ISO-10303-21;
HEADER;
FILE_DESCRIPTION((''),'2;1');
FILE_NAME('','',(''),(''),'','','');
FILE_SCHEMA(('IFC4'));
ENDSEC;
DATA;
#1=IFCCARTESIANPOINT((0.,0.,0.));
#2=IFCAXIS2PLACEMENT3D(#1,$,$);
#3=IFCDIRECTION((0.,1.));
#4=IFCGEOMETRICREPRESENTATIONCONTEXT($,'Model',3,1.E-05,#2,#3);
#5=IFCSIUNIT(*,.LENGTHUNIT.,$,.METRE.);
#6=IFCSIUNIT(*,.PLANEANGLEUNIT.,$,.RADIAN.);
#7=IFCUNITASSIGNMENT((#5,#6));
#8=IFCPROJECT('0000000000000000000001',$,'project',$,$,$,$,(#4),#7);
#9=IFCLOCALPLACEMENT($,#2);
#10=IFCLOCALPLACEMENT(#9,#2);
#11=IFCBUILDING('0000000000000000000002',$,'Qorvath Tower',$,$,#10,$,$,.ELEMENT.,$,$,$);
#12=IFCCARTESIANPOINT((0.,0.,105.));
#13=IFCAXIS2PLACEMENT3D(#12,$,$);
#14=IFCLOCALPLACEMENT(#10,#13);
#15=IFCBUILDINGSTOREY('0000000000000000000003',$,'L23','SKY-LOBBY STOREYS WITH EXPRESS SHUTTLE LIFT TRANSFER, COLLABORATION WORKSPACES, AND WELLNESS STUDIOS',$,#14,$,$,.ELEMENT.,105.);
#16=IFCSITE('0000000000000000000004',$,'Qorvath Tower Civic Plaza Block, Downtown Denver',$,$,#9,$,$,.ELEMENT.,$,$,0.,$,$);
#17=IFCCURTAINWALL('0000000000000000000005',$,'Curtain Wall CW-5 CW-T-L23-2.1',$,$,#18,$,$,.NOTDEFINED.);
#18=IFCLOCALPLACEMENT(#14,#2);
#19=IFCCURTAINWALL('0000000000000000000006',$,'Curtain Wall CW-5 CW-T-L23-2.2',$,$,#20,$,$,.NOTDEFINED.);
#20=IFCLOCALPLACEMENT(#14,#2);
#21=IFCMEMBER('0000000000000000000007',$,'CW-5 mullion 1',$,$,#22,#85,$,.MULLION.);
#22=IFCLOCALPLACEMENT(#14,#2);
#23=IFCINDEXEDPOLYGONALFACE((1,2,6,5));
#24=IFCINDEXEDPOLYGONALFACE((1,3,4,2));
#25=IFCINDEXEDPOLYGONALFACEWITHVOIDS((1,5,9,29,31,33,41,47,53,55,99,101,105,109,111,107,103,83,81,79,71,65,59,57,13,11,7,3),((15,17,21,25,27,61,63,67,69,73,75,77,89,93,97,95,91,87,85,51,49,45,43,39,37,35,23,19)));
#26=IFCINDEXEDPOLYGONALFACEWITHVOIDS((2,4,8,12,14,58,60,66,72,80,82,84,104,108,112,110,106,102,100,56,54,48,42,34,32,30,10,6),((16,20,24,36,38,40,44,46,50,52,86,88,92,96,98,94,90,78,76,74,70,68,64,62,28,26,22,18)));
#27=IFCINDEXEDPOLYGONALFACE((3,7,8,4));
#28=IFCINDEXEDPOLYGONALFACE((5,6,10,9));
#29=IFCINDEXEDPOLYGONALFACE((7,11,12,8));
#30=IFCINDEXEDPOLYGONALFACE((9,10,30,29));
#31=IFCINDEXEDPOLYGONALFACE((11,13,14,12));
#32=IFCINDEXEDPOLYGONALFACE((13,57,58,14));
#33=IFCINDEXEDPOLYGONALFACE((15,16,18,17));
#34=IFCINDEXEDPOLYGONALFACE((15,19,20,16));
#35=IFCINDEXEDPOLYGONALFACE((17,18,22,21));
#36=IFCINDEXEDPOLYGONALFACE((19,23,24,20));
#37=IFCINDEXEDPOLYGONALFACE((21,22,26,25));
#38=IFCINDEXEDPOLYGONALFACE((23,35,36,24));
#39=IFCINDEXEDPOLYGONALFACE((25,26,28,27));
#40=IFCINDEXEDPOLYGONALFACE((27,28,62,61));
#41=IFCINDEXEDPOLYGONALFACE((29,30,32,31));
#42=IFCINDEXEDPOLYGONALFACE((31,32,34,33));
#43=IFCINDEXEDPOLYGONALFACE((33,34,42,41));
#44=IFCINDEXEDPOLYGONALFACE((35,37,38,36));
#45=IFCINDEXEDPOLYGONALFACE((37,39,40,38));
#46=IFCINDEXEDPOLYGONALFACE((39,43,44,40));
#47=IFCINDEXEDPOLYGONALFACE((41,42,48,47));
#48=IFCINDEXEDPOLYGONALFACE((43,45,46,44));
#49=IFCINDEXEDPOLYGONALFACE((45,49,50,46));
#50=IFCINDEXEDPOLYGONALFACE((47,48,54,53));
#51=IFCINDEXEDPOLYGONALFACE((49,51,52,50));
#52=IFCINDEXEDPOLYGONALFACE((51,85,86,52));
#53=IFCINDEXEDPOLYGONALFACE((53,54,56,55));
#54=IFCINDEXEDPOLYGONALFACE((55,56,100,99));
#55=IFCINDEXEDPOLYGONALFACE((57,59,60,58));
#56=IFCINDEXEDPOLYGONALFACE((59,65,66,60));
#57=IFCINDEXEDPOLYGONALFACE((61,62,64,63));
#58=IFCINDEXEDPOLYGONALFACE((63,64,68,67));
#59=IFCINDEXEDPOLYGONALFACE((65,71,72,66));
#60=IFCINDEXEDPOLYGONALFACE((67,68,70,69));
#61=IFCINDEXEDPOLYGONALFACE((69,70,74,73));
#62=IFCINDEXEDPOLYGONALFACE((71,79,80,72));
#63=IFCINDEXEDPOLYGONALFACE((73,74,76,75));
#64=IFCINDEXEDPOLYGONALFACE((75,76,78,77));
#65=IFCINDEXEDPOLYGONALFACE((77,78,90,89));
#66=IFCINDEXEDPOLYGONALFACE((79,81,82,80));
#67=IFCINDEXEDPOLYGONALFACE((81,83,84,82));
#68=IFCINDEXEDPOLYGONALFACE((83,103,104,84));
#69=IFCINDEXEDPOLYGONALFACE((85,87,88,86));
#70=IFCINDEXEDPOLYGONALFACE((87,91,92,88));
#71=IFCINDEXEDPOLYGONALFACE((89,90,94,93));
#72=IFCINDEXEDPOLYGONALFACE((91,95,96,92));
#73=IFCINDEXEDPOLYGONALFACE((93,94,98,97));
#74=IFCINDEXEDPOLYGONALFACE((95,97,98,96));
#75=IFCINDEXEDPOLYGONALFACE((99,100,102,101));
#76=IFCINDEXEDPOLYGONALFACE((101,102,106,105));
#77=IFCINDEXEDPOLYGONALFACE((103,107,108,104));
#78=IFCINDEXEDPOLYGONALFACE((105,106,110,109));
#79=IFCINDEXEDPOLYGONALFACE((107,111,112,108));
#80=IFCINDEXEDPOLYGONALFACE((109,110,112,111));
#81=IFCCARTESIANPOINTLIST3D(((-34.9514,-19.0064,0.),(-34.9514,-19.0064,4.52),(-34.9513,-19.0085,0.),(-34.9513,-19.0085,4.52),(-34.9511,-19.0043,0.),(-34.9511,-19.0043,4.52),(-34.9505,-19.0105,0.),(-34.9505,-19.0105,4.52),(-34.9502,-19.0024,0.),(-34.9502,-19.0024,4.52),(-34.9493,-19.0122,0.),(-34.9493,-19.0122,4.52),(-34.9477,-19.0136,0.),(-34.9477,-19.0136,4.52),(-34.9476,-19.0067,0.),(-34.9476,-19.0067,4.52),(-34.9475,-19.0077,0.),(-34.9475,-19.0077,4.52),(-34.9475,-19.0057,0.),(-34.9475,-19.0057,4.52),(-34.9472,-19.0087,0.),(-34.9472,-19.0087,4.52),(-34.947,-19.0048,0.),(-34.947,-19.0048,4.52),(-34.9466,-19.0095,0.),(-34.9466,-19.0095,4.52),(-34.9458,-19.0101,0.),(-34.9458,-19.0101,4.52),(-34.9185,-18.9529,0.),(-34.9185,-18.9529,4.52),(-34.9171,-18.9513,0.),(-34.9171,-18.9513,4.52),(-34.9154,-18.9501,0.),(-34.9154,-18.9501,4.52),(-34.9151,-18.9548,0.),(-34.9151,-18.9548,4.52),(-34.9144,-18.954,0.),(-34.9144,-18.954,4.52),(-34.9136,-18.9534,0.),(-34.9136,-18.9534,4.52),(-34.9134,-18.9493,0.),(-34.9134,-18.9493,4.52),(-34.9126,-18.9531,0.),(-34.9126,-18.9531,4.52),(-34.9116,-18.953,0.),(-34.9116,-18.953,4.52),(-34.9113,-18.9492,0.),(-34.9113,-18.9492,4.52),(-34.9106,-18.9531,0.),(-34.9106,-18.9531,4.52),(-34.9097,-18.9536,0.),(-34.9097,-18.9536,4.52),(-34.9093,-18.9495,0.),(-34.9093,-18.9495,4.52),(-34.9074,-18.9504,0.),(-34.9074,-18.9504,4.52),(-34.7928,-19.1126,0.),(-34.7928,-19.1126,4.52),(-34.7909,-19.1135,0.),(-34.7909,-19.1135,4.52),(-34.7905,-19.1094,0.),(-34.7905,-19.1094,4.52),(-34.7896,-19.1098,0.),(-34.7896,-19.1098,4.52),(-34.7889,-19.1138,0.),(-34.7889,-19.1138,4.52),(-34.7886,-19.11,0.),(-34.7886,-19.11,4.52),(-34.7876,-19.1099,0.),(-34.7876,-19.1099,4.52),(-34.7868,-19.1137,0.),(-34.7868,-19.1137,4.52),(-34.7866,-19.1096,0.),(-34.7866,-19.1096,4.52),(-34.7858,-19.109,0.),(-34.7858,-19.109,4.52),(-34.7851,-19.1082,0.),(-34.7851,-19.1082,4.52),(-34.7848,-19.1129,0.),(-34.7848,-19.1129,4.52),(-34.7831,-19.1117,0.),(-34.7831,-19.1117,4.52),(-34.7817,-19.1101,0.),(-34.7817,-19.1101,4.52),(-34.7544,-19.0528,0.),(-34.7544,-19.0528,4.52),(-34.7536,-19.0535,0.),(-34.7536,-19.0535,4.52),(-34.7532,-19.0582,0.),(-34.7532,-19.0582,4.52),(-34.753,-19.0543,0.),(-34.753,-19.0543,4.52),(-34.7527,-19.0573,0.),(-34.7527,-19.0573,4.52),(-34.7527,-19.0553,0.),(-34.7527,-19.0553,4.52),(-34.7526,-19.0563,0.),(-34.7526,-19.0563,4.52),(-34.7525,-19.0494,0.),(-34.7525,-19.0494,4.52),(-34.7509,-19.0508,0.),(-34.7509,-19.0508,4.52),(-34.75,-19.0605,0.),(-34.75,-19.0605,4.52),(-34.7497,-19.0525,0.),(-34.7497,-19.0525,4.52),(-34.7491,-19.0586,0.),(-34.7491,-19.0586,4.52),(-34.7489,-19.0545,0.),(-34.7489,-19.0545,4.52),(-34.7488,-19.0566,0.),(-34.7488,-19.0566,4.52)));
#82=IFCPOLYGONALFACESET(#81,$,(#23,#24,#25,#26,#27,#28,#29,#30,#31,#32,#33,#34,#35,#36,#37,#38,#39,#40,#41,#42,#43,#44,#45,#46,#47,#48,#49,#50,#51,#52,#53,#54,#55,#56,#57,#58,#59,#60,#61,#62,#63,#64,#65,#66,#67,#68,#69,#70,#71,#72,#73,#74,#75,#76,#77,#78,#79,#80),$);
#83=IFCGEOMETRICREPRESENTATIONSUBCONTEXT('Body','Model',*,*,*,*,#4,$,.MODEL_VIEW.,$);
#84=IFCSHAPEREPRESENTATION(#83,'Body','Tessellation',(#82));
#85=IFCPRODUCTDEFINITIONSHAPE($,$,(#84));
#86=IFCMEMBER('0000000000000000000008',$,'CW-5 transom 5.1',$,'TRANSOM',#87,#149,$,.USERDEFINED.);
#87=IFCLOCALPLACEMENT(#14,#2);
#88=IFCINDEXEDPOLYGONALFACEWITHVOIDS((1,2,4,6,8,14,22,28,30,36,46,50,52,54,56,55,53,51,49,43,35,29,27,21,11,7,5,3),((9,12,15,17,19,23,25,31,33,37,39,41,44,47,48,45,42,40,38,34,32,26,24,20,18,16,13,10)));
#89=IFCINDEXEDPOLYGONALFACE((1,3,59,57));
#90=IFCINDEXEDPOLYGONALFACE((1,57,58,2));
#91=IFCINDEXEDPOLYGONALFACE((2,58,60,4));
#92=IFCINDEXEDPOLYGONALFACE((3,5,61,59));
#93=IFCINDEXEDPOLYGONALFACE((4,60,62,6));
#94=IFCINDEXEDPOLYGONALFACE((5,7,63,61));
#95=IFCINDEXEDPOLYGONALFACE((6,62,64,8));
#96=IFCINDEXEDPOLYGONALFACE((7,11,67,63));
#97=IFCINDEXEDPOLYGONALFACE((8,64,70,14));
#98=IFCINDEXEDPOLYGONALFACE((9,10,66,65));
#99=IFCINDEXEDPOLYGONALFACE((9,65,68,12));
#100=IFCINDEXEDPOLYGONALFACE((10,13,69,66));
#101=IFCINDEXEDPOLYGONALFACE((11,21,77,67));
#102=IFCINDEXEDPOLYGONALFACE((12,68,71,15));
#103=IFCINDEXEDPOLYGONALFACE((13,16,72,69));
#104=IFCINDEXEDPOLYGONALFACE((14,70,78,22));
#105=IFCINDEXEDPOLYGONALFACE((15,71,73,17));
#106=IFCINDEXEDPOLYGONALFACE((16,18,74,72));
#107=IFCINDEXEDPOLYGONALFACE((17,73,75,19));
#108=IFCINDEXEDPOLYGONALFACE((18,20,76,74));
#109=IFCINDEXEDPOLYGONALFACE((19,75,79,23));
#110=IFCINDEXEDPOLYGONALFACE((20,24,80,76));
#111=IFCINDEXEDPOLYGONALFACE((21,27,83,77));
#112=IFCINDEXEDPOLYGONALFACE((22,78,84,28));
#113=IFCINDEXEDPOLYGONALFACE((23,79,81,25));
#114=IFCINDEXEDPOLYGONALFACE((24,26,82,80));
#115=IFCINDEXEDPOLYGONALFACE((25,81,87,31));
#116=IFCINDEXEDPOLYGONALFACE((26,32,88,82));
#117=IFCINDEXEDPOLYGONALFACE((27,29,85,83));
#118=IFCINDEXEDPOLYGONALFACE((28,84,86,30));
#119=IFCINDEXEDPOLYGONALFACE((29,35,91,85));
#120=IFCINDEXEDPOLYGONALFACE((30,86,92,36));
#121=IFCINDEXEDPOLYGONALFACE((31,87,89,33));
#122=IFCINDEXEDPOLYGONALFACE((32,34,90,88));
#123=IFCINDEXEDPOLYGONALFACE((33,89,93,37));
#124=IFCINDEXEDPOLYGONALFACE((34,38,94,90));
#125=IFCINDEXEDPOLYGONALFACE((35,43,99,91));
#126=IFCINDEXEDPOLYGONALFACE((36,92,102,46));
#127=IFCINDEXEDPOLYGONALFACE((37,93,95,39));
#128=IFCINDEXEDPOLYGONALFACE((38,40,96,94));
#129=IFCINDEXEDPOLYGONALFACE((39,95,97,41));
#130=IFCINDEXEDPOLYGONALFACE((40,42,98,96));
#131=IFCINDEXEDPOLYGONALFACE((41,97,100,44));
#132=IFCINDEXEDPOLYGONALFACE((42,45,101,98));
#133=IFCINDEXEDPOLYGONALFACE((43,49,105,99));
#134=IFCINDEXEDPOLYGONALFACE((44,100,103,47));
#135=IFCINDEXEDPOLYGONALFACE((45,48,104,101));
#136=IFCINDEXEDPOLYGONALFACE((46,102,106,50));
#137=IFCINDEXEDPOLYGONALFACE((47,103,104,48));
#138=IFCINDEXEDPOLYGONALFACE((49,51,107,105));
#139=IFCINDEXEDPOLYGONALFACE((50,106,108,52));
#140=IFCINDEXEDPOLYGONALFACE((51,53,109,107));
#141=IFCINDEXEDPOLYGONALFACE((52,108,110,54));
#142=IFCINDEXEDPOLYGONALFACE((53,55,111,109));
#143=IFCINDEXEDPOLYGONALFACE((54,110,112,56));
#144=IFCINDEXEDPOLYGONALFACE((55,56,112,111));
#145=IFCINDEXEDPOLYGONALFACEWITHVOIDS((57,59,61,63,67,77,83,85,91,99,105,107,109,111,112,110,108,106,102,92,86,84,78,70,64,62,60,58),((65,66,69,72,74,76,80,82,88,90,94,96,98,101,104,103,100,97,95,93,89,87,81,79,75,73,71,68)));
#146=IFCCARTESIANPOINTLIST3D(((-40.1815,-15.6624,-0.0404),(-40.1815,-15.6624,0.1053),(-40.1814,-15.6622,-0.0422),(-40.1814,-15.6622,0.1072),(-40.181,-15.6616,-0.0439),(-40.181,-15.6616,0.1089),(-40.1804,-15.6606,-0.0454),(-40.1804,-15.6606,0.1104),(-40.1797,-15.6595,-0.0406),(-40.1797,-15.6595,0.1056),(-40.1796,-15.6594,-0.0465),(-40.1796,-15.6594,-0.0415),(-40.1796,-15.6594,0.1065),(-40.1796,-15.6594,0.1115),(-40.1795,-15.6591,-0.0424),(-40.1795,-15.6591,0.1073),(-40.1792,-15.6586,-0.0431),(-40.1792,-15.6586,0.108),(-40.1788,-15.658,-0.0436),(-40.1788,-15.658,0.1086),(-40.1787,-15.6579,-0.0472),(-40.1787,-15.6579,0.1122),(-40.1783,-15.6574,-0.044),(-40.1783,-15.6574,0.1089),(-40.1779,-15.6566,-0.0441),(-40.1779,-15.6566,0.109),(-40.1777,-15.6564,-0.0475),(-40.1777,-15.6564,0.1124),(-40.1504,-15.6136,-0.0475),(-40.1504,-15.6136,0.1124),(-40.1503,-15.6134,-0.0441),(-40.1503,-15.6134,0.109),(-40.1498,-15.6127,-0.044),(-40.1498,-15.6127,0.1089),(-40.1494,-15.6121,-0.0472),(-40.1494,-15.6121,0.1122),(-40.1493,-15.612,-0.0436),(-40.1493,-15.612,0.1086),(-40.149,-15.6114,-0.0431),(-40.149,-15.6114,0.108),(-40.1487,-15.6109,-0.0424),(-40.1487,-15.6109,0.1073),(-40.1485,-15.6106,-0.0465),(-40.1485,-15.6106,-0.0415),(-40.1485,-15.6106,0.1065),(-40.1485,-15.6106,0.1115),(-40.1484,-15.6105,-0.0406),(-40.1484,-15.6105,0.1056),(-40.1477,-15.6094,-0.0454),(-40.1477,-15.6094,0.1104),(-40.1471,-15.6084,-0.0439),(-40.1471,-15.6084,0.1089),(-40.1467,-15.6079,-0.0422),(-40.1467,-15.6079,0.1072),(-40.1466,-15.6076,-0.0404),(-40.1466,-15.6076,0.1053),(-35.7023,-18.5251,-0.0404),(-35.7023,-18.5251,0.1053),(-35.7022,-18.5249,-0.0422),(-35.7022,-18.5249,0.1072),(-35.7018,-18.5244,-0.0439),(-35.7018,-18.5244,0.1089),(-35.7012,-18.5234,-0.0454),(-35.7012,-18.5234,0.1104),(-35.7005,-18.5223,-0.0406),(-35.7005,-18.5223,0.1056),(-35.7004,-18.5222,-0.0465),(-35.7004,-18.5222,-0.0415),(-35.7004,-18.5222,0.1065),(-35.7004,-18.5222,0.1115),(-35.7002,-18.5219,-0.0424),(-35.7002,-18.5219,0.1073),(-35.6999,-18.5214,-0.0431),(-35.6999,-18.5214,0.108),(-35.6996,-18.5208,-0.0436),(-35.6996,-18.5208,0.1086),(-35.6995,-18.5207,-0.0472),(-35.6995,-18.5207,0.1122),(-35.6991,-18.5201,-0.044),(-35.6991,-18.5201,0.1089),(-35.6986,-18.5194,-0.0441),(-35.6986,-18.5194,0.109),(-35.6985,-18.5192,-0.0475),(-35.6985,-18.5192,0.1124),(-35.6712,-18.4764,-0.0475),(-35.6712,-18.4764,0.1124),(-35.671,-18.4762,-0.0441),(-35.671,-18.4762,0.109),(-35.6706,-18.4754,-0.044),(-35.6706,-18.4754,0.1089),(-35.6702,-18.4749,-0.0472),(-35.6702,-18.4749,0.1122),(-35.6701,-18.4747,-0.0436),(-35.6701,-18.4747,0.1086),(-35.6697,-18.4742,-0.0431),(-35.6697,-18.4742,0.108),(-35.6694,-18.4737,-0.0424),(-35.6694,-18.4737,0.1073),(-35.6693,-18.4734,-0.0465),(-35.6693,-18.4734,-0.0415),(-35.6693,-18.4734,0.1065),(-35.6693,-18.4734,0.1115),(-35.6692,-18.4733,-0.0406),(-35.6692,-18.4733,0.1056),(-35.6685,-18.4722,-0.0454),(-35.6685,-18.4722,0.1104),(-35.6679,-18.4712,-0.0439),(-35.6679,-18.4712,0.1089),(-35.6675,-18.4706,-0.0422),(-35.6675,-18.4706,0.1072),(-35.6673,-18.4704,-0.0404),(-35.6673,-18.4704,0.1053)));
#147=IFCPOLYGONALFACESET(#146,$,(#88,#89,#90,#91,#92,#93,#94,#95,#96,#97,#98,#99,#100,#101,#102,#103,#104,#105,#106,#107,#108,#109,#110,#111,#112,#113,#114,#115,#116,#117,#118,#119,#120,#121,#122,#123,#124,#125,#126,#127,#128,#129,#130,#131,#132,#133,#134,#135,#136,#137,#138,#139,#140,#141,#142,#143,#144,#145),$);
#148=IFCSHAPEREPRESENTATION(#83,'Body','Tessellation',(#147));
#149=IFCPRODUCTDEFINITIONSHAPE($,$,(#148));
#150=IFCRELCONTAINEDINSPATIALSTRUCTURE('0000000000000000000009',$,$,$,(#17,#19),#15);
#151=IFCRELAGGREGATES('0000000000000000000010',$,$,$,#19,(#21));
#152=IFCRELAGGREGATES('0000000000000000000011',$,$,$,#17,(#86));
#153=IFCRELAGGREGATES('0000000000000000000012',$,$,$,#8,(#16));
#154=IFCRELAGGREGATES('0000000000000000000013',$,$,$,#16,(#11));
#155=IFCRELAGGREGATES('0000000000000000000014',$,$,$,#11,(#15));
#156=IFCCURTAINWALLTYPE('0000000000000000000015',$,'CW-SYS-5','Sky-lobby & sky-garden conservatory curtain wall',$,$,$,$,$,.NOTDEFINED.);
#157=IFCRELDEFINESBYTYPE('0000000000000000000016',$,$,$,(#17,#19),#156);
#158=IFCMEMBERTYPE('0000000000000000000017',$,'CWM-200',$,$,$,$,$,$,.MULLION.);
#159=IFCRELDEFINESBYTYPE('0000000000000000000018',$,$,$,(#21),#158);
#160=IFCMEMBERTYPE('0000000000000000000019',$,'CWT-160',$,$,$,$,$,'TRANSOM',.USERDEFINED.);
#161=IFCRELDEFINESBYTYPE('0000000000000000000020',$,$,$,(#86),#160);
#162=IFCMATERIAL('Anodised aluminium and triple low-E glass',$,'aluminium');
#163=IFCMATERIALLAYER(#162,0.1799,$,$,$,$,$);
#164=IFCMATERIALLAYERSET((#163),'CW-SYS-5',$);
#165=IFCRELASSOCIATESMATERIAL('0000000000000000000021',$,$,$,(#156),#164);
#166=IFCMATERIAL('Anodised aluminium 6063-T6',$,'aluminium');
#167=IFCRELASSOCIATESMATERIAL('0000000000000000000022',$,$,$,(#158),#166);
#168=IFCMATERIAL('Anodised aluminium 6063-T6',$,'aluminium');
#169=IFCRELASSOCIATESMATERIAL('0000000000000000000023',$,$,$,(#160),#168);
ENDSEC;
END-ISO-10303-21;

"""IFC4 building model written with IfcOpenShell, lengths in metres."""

from ifc_helpers import new_model, si_unit, direction, frame, origin, origin_2d, place, context, subcontext, project, spatial, hollow_rectangle, extrude, material, layer, layer_set, material_profile, profile_set, type_object, element, aggregate, save


model = new_model("IFC4")

# Units and contexts
model_context = context("Model", 3, precision=1e-05, world=origin(), true_north=direction((0.0, 1.0)))
body_context = subcontext(model_context, "Body", "Model", "MODEL_VIEW")
ifc_project = project(units=[si_unit("LENGTHUNIT", "METRE"), si_unit("PLANEANGLEUNIT", "RADIAN")], contexts=[model_context])

# Site, building, storey
site_placement = place(None, origin())
site = spatial("IfcSite", under=ifc_project, at=site_placement, Name="Qorvath Tower Civic Plaza Block, Downtown Denver", CompositionType="ELEMENT", RefElevation=0.0)
building_placement = place(site_placement, origin())
building = spatial("IfcBuilding", under=site, at=building_placement, Name="Qorvath Tower", CompositionType="ELEMENT")
storey_placement = place(building_placement, frame((0.0, 0.0, 105.0)))
storey = spatial("IfcBuildingStorey", under=building, at=storey_placement, Name="L23", Description="SKY-LOBBY STOREYS WITH EXPRESS SHUTTLE LIFT TRANSFER, COLLABORATION WORKSPACES, AND WELLNESS STUDIOS", CompositionType="ELEMENT", Elevation=105.0)

# Curtain wall
ifc_material_1 = material(Name="Anodised aluminium and triple low-E glass", Category="aluminium")
ifc_layer_1 = layer(ifc_material_1, 0.1799)
ifc_layer_set_1 = layer_set([ifc_layer_1], Name="CW-SYS-5")
curtain_wall_type = type_object("IfcCurtainWallType", Name="CW-SYS-5", Description="Sky-lobby & sky-garden conservatory curtain wall", PredefinedType="NOTDEFINED", material=ifc_layer_set_1)
curtain_wall_1_placement = place(storey_placement, origin())
curtain_wall_1 = element("IfcCurtainWall", 1, at=curtain_wall_1_placement, inside=storey, type_object=curtain_wall_type, Name="Curtain Wall CW-5 CW-T-L23-2.1", PredefinedType="NOTDEFINED")
ifc_material_2 = material(Name="Anodised aluminium 6063-T6", Category="aluminium")
ifc_material_profile_1 = material_profile(ifc_material_2, hollow_rectangle(XDim=0.075, YDim=0.2, WallThickness=0.0039, InnerFilletRadius=0.0039, OuterFilletRadius=0.0081, at=origin_2d()), Name="CWM 200x75")
ifc_profile_set_1 = profile_set([ifc_material_profile_1], Name="Anodised aluminium 6063-T6")
member_type_1 = type_object("IfcMemberType", Name="CWM-200", PredefinedType="MULLION", material=ifc_profile_set_1)

# Curtain wall, member
curtain_wall_2_placement = place(storey_placement, origin())
curtain_wall_2 = element("IfcCurtainWall", 2, at=curtain_wall_2_placement, inside=storey, type_object=curtain_wall_type, Name="Curtain Wall CW-5 CW-T-L23-2.2", PredefinedType="NOTDEFINED")
member_1_placement = place(storey_placement, frame((-34.8501, -19.0315, 0.0), z_axis=(0.0, 0.0, 1.0), x_axis=(0.53854, 0.8426, 0.0)))
member_1 = element("IfcMember", 3, at=member_1_placement, type_object=member_type_1, Name="CW-5 mullion 1", PredefinedType="MULLION", context=body_context, shape_type="SweptSolid", body=[
    extrude(hollow_rectangle(XDim=0.075, YDim=0.2, WallThickness=0.0039, InnerFilletRadius=0.0039, OuterFilletRadius=0.0081, at=origin_2d()), origin(), (0.0, 0.0, 1.0), 4.52),
])

# Member
ifc_material_3 = material(Name="Anodised aluminium 6063-T6", Category="aluminium")
ifc_material_profile_2 = material_profile(ifc_material_3, hollow_rectangle(XDim=0.0649, YDim=0.1599, WallThickness=0.0034, InnerFilletRadius=0.0034, OuterFilletRadius=0.0071, at=origin_2d()), Name="CWT 160x65")
ifc_profile_set_2 = profile_set([ifc_material_profile_2], Name="Anodised aluminium 6063-T6")
member_type_2 = type_object("IfcMemberType", Name="CWT-160", ElementType="TRANSOM", PredefinedType="USERDEFINED", material=ifc_profile_set_2)
member_2_placement = place(storey_placement, frame((-40.1641, -15.635, 0.0325), z_axis=(0.842607, -0.53853, 0.0), x_axis=(0.53853, 0.842607, 0.0)))
member_2 = element("IfcMember", 4, at=member_2_placement, type_object=member_type_2, Name="CW-5 transom 5.1", ObjectType="TRANSOM", PredefinedType="USERDEFINED", context=body_context, shape_type="SweptSolid", body=[
    extrude(hollow_rectangle(XDim=0.0649, YDim=0.1599, WallThickness=0.0034, InnerFilletRadius=0.0034, OuterFilletRadius=0.0071, at=origin_2d()), origin(), (0.0, 0.0, 1.0), 5.3159),
])
aggregate(curtain_wall_2, [member_1])

aggregate(curtain_wall_1, [member_2])

save(model, "model.ifc")
